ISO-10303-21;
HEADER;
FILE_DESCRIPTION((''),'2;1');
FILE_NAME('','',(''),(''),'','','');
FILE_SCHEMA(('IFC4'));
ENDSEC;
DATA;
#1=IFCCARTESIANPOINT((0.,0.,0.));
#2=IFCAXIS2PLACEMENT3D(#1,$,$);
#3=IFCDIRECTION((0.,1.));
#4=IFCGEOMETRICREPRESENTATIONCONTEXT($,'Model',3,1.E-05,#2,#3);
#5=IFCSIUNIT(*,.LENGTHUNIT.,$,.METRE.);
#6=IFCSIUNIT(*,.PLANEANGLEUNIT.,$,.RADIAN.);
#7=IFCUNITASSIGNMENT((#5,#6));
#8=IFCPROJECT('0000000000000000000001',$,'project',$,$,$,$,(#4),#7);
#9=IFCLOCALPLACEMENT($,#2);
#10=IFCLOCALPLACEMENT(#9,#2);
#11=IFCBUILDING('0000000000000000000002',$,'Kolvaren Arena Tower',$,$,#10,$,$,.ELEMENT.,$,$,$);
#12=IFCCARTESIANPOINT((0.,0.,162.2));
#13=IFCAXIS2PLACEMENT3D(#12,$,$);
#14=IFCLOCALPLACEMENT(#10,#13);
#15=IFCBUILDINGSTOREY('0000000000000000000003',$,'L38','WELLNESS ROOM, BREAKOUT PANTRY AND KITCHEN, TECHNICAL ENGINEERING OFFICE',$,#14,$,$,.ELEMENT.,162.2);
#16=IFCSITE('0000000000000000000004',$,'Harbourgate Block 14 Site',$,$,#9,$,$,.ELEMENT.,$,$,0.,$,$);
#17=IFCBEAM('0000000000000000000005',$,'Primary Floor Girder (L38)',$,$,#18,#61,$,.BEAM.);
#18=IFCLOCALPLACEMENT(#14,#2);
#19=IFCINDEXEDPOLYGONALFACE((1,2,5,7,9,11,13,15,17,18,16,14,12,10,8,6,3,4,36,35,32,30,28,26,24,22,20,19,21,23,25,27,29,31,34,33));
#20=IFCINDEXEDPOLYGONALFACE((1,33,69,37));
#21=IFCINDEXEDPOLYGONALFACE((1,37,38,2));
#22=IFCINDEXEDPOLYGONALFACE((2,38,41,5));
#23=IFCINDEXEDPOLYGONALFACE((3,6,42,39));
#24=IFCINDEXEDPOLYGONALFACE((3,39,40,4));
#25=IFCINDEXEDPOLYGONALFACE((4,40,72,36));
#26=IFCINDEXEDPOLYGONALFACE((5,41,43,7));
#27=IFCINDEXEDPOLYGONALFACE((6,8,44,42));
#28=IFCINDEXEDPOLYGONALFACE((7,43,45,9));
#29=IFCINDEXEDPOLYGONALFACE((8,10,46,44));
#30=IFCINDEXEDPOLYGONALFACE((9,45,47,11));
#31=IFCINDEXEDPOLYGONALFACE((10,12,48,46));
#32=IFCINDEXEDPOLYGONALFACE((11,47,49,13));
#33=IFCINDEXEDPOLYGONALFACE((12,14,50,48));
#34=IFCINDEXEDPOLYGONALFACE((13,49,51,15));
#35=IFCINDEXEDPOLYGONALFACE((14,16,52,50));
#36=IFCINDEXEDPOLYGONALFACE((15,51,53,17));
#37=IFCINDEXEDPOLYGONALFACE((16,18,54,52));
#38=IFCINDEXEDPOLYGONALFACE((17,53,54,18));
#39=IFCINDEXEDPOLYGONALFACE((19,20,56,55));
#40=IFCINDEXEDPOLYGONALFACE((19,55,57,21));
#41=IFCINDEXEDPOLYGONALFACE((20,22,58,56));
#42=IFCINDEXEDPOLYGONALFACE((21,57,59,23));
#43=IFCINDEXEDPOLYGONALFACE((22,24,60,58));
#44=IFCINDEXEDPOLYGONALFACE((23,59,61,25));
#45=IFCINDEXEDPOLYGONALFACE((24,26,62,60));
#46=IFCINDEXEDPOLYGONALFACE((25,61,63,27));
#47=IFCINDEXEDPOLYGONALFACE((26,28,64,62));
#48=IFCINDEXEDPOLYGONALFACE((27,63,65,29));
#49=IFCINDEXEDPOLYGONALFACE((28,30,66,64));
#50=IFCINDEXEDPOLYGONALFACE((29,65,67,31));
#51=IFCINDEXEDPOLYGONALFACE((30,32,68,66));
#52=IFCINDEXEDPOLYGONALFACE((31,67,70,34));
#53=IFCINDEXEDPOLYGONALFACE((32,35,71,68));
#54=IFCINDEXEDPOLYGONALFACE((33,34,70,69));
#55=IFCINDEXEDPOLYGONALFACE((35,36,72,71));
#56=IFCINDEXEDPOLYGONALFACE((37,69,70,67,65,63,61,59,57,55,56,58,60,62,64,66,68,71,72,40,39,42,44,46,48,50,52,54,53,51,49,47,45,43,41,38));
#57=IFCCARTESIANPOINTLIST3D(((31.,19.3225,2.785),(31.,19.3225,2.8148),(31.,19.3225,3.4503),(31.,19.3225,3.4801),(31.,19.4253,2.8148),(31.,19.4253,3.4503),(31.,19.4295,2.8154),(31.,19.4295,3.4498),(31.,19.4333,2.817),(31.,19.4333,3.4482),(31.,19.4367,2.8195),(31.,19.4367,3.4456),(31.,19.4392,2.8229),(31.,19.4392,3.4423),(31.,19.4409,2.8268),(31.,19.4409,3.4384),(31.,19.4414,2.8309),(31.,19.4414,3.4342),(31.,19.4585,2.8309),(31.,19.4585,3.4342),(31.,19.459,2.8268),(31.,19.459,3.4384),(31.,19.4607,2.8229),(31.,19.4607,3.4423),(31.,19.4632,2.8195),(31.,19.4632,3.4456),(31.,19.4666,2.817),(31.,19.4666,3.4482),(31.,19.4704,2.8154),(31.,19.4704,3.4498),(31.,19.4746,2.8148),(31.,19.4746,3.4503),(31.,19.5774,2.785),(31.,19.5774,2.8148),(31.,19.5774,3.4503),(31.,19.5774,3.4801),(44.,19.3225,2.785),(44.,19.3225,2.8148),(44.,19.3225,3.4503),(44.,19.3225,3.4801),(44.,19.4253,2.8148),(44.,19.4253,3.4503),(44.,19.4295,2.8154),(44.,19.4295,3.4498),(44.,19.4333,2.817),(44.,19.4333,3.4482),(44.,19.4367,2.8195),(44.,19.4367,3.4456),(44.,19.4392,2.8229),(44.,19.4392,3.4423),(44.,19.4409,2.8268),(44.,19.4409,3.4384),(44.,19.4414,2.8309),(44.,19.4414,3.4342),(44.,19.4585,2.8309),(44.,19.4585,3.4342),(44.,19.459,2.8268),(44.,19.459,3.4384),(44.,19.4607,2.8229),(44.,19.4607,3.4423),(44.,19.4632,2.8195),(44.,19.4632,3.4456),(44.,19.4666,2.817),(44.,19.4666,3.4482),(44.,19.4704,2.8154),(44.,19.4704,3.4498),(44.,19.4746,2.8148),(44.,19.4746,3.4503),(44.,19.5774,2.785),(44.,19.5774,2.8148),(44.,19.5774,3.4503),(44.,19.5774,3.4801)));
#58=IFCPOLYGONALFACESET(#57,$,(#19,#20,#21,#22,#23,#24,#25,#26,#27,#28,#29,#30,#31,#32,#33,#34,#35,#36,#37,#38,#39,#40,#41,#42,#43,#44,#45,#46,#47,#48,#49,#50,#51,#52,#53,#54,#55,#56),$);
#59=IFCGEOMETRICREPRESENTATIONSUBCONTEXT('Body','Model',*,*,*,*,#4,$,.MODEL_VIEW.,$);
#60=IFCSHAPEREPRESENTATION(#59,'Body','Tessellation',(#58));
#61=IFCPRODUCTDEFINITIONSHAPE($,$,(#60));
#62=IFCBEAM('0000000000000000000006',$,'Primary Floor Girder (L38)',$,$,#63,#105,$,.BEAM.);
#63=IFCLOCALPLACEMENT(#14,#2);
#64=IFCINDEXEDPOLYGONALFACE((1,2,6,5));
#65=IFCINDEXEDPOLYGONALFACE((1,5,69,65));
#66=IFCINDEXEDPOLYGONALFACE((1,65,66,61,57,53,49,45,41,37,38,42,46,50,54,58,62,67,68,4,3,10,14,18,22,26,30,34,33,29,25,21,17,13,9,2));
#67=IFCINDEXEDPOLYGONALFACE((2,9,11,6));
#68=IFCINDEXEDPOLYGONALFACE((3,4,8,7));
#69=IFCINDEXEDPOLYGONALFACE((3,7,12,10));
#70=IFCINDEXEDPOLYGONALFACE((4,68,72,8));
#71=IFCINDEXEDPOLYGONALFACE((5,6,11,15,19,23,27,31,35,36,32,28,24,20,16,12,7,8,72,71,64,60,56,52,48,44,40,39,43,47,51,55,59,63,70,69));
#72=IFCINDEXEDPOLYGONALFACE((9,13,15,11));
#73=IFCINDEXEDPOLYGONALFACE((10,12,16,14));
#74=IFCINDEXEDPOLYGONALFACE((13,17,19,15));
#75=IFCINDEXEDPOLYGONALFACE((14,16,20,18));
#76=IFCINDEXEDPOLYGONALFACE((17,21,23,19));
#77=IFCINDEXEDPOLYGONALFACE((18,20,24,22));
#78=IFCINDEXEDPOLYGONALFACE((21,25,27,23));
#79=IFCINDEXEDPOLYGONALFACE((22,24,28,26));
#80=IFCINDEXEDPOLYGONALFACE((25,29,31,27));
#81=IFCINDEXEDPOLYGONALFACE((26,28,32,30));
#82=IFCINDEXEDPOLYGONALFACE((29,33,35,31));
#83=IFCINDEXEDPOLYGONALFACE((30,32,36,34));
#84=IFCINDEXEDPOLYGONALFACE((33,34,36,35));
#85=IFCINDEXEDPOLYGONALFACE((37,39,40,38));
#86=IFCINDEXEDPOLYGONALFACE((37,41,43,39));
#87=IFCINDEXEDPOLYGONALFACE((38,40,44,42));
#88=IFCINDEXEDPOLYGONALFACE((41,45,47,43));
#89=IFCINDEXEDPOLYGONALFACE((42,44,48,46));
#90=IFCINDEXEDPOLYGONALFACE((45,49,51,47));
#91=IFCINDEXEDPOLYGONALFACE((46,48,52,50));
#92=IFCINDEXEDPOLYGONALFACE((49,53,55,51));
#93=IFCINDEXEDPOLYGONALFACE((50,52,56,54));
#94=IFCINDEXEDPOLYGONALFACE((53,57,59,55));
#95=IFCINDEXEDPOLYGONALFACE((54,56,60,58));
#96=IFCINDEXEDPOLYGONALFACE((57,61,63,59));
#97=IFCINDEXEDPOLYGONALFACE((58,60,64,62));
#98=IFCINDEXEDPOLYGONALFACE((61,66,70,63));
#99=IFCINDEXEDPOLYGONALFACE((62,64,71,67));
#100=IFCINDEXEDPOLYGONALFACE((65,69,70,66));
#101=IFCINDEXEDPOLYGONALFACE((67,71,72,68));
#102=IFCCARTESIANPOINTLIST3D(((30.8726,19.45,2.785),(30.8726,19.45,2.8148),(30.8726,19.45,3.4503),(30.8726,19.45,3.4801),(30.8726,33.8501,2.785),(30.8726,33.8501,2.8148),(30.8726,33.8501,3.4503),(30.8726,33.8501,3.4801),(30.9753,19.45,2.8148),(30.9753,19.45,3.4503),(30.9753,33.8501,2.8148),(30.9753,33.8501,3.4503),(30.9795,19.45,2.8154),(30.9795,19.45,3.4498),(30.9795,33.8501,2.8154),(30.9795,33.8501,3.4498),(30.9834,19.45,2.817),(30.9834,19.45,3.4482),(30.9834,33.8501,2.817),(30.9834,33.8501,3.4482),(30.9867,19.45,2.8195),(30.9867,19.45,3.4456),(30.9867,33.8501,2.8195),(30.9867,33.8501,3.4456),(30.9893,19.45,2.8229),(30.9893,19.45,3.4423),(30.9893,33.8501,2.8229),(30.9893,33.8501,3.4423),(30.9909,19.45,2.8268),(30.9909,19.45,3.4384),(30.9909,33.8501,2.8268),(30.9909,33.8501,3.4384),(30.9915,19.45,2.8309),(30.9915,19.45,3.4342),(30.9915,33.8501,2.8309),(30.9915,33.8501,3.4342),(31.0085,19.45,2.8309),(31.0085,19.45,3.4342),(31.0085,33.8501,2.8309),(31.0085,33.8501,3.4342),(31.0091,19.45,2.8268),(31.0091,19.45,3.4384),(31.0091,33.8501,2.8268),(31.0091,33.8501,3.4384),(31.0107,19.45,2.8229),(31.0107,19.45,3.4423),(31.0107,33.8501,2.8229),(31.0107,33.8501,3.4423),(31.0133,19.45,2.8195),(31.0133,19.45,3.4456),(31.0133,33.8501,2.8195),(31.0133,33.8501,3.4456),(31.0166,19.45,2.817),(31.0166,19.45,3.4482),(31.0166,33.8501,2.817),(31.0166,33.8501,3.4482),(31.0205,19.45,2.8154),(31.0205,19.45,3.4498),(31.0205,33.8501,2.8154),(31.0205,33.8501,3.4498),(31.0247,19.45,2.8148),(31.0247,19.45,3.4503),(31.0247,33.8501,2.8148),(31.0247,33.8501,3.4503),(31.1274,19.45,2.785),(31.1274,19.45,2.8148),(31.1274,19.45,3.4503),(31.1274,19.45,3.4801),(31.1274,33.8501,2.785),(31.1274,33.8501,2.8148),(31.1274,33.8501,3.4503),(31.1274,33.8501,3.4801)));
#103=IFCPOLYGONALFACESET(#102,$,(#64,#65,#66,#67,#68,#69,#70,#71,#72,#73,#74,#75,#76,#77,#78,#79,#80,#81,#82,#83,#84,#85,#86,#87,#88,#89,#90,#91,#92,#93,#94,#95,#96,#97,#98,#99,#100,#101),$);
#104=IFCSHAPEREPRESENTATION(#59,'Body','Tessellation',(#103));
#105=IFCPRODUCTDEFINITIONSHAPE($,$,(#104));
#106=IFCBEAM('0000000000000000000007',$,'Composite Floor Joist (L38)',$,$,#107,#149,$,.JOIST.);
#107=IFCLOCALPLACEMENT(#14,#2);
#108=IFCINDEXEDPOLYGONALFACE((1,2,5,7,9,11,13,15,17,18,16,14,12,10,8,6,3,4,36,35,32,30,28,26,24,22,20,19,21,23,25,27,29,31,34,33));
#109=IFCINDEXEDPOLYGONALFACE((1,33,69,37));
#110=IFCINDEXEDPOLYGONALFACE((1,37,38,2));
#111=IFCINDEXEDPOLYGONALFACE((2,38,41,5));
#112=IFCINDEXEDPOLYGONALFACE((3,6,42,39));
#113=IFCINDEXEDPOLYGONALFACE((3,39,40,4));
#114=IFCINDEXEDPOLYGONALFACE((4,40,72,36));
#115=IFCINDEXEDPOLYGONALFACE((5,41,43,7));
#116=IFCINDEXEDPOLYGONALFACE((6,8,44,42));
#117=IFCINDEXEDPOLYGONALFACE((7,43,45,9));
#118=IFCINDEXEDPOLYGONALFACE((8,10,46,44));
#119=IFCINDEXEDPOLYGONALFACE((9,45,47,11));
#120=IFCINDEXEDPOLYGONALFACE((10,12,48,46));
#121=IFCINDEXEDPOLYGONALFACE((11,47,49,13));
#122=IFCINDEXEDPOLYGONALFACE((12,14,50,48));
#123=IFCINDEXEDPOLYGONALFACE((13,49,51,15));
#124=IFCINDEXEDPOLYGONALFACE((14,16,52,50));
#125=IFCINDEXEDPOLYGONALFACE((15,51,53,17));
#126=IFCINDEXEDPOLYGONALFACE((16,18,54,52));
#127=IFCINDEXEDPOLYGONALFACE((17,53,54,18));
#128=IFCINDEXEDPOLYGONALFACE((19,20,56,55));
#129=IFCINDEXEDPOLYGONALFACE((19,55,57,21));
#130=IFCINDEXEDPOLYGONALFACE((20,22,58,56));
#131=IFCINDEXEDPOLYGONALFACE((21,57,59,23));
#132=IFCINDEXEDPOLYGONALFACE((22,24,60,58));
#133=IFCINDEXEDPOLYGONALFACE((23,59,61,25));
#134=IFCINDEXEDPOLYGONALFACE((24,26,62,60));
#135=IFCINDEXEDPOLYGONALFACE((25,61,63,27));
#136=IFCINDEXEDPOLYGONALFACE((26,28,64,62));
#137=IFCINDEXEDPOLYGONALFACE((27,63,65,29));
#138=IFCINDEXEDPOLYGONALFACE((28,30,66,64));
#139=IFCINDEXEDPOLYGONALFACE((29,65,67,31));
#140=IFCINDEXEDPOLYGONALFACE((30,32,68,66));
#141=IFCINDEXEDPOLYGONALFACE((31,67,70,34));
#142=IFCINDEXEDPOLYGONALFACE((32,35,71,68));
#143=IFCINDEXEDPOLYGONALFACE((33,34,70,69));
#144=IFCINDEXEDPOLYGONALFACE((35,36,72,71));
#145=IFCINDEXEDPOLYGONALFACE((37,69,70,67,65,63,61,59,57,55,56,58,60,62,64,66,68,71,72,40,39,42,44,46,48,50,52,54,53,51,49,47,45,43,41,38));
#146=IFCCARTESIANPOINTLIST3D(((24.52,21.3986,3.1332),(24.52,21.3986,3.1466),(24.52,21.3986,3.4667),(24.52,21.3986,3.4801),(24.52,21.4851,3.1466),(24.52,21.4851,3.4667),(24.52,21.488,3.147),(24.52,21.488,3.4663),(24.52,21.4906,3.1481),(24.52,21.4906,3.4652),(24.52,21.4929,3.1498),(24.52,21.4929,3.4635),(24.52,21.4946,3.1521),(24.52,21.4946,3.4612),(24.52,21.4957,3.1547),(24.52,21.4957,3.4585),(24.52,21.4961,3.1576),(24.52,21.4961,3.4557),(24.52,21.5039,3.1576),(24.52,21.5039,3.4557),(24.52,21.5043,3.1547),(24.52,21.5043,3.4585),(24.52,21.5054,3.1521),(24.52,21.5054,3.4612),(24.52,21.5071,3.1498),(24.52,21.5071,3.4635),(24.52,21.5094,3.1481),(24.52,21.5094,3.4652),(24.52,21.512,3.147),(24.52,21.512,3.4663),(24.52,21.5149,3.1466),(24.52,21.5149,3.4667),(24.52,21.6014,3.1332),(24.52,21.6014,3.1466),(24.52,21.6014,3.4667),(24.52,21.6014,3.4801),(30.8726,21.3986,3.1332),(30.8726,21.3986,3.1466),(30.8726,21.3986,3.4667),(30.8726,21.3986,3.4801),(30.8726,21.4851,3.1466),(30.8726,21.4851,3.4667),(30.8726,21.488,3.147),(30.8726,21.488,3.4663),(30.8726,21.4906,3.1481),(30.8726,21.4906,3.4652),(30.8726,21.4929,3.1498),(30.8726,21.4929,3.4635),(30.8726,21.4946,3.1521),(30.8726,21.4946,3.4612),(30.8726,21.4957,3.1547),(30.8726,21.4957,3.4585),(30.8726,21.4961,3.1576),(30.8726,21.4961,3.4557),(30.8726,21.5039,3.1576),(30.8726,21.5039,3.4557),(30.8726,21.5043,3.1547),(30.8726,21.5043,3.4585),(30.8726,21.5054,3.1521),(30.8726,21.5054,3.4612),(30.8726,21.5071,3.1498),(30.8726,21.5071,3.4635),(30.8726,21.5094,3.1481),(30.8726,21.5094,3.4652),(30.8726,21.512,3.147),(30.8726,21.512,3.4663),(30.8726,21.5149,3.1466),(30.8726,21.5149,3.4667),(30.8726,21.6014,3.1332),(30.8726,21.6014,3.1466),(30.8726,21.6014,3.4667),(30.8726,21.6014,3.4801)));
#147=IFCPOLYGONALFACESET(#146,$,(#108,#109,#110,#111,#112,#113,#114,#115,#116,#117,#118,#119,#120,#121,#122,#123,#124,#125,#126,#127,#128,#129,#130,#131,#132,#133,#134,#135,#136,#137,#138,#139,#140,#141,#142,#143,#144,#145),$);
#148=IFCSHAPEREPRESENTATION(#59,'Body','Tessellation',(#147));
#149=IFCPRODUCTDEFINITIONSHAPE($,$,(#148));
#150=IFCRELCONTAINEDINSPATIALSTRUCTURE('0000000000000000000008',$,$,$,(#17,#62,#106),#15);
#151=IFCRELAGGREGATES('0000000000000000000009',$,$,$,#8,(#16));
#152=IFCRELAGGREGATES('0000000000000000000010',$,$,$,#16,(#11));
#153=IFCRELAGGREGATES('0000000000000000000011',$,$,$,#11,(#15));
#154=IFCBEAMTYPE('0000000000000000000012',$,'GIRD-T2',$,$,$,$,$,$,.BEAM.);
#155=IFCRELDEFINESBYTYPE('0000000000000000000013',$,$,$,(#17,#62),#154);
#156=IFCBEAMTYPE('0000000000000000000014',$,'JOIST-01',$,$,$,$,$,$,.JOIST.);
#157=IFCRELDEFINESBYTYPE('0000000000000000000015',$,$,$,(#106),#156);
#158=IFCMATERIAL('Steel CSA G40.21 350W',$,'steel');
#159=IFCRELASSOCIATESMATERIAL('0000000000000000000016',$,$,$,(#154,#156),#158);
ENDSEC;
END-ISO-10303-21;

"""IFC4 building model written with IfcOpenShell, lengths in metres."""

from ifc_helpers import new_model, si_unit, direction, frame, origin, origin_2d, place, context, subcontext, project, spatial, i_section, extrude, material, material_profile, profile_set, type_object, element, save


model = new_model("IFC4")

# Units and contexts
model_context = context("Model", 3, precision=1e-05, world=origin(), true_north=direction((0.0, 1.0)))
body_context = subcontext(model_context, "Body", "Model", "MODEL_VIEW")
ifc_project = project(units=[si_unit("LENGTHUNIT", "METRE"), si_unit("PLANEANGLEUNIT", "RADIAN")], contexts=[model_context])

# Site, building, storey
site_placement = place(None, origin())
site = spatial("IfcSite", under=ifc_project, at=site_placement, Name="Harbourgate Block 14 Site", CompositionType="ELEMENT", RefElevation=0.0)
building_placement = place(site_placement, origin())
building = spatial("IfcBuilding", under=site, at=building_placement, Name="Kolvaren Arena Tower", CompositionType="ELEMENT")
storey_placement = place(building_placement, frame((0.0, 0.0, 162.2)))
storey = spatial("IfcBuildingStorey", under=building, at=storey_placement, Name="L38", Description="WELLNESS ROOM, BREAKOUT PANTRY AND KITCHEN, TECHNICAL ENGINEERING OFFICE", CompositionType="ELEMENT", Elevation=162.2)

# Beams
ifc_material_1 = material(Name="Steel CSA G40.21 350W", Category="steel")
ifc_material_profile_1 = material_profile(ifc_material_1, i_section(OverallWidth=0.2549, OverallDepth=0.6951, WebThickness=0.0171, FlangeThickness=0.0298, FilletRadius=0.0161, at=origin_2d()), Name="W690x217")
ifc_profile_set_1 = profile_set([ifc_material_profile_1], Name="Steel CSA G40.21 350W")
beam_type_1 = type_object("IfcBeamType", Name="GIRD-T2", PredefinedType="BEAM", material=ifc_profile_set_1)
beam_1_placement = place(storey_placement, frame((31.0, 19.45, 3.1326), z_axis=(1.0, 0.0, 0.0), x_axis=(0.0, 1.0, 0.0)))
element("IfcBeam", 1, at=beam_1_placement, inside=storey, type_object=beam_type_1, Name="Primary Floor Girder (L38)", PredefinedType="BEAM", context=body_context, shape_type="SweptSolid", body=[
    extrude(i_section(OverallWidth=0.2549, OverallDepth=0.6951, WebThickness=0.0171, FlangeThickness=0.0298, FilletRadius=0.0161, at=origin_2d()), origin(), (0.0, 0.0, 1.0), 13.0),
])
beam_2_placement = place(storey_placement, frame((31.0, 19.45, 3.1326), z_axis=(0.0, 1.0, 0.0), x_axis=(-1.0, 0.0, 0.0)))
element("IfcBeam", 2, at=beam_2_placement, inside=storey, type_object=beam_type_1, Name="Primary Floor Girder (L38)", PredefinedType="BEAM", context=body_context, shape_type="SweptSolid", body=[
    extrude(i_section(OverallWidth=0.2549, OverallDepth=0.6951, WebThickness=0.0171, FlangeThickness=0.0298, FilletRadius=0.0161, at=origin_2d()), origin(), (0.0, 0.0, 1.0), 14.4001),
])
ifc_material_profile_2 = material_profile(ifc_material_1, i_section(OverallWidth=0.2029, OverallDepth=0.3469, WebThickness=0.0078, FlangeThickness=0.0134, FilletRadius=0.011, at=origin_2d()), Name="W360x64")
ifc_profile_set_2 = profile_set([ifc_material_profile_2], Name="Steel CSA G40.21 350W")
beam_type_2 = type_object("IfcBeamType", Name="JOIST-01", PredefinedType="JOIST", material=ifc_profile_set_2)
beam_3_placement = place(storey_placement, frame((24.52, 21.5, 3.3066), z_axis=(1.0, 0.0, 0.0), x_axis=(0.0, 1.0, 0.0)))
element("IfcBeam", 3, at=beam_3_placement, inside=storey, type_object=beam_type_2, Name="Composite Floor Joist (L38)", PredefinedType="JOIST", context=body_context, shape_type="SweptSolid", body=[
    extrude(i_section(OverallWidth=0.2029, OverallDepth=0.3469, WebThickness=0.0078, FlangeThickness=0.0134, FilletRadius=0.011, at=origin_2d()), origin(), (0.0, 0.0, 1.0), 6.3525),
])

save(model, "model.ifc")
